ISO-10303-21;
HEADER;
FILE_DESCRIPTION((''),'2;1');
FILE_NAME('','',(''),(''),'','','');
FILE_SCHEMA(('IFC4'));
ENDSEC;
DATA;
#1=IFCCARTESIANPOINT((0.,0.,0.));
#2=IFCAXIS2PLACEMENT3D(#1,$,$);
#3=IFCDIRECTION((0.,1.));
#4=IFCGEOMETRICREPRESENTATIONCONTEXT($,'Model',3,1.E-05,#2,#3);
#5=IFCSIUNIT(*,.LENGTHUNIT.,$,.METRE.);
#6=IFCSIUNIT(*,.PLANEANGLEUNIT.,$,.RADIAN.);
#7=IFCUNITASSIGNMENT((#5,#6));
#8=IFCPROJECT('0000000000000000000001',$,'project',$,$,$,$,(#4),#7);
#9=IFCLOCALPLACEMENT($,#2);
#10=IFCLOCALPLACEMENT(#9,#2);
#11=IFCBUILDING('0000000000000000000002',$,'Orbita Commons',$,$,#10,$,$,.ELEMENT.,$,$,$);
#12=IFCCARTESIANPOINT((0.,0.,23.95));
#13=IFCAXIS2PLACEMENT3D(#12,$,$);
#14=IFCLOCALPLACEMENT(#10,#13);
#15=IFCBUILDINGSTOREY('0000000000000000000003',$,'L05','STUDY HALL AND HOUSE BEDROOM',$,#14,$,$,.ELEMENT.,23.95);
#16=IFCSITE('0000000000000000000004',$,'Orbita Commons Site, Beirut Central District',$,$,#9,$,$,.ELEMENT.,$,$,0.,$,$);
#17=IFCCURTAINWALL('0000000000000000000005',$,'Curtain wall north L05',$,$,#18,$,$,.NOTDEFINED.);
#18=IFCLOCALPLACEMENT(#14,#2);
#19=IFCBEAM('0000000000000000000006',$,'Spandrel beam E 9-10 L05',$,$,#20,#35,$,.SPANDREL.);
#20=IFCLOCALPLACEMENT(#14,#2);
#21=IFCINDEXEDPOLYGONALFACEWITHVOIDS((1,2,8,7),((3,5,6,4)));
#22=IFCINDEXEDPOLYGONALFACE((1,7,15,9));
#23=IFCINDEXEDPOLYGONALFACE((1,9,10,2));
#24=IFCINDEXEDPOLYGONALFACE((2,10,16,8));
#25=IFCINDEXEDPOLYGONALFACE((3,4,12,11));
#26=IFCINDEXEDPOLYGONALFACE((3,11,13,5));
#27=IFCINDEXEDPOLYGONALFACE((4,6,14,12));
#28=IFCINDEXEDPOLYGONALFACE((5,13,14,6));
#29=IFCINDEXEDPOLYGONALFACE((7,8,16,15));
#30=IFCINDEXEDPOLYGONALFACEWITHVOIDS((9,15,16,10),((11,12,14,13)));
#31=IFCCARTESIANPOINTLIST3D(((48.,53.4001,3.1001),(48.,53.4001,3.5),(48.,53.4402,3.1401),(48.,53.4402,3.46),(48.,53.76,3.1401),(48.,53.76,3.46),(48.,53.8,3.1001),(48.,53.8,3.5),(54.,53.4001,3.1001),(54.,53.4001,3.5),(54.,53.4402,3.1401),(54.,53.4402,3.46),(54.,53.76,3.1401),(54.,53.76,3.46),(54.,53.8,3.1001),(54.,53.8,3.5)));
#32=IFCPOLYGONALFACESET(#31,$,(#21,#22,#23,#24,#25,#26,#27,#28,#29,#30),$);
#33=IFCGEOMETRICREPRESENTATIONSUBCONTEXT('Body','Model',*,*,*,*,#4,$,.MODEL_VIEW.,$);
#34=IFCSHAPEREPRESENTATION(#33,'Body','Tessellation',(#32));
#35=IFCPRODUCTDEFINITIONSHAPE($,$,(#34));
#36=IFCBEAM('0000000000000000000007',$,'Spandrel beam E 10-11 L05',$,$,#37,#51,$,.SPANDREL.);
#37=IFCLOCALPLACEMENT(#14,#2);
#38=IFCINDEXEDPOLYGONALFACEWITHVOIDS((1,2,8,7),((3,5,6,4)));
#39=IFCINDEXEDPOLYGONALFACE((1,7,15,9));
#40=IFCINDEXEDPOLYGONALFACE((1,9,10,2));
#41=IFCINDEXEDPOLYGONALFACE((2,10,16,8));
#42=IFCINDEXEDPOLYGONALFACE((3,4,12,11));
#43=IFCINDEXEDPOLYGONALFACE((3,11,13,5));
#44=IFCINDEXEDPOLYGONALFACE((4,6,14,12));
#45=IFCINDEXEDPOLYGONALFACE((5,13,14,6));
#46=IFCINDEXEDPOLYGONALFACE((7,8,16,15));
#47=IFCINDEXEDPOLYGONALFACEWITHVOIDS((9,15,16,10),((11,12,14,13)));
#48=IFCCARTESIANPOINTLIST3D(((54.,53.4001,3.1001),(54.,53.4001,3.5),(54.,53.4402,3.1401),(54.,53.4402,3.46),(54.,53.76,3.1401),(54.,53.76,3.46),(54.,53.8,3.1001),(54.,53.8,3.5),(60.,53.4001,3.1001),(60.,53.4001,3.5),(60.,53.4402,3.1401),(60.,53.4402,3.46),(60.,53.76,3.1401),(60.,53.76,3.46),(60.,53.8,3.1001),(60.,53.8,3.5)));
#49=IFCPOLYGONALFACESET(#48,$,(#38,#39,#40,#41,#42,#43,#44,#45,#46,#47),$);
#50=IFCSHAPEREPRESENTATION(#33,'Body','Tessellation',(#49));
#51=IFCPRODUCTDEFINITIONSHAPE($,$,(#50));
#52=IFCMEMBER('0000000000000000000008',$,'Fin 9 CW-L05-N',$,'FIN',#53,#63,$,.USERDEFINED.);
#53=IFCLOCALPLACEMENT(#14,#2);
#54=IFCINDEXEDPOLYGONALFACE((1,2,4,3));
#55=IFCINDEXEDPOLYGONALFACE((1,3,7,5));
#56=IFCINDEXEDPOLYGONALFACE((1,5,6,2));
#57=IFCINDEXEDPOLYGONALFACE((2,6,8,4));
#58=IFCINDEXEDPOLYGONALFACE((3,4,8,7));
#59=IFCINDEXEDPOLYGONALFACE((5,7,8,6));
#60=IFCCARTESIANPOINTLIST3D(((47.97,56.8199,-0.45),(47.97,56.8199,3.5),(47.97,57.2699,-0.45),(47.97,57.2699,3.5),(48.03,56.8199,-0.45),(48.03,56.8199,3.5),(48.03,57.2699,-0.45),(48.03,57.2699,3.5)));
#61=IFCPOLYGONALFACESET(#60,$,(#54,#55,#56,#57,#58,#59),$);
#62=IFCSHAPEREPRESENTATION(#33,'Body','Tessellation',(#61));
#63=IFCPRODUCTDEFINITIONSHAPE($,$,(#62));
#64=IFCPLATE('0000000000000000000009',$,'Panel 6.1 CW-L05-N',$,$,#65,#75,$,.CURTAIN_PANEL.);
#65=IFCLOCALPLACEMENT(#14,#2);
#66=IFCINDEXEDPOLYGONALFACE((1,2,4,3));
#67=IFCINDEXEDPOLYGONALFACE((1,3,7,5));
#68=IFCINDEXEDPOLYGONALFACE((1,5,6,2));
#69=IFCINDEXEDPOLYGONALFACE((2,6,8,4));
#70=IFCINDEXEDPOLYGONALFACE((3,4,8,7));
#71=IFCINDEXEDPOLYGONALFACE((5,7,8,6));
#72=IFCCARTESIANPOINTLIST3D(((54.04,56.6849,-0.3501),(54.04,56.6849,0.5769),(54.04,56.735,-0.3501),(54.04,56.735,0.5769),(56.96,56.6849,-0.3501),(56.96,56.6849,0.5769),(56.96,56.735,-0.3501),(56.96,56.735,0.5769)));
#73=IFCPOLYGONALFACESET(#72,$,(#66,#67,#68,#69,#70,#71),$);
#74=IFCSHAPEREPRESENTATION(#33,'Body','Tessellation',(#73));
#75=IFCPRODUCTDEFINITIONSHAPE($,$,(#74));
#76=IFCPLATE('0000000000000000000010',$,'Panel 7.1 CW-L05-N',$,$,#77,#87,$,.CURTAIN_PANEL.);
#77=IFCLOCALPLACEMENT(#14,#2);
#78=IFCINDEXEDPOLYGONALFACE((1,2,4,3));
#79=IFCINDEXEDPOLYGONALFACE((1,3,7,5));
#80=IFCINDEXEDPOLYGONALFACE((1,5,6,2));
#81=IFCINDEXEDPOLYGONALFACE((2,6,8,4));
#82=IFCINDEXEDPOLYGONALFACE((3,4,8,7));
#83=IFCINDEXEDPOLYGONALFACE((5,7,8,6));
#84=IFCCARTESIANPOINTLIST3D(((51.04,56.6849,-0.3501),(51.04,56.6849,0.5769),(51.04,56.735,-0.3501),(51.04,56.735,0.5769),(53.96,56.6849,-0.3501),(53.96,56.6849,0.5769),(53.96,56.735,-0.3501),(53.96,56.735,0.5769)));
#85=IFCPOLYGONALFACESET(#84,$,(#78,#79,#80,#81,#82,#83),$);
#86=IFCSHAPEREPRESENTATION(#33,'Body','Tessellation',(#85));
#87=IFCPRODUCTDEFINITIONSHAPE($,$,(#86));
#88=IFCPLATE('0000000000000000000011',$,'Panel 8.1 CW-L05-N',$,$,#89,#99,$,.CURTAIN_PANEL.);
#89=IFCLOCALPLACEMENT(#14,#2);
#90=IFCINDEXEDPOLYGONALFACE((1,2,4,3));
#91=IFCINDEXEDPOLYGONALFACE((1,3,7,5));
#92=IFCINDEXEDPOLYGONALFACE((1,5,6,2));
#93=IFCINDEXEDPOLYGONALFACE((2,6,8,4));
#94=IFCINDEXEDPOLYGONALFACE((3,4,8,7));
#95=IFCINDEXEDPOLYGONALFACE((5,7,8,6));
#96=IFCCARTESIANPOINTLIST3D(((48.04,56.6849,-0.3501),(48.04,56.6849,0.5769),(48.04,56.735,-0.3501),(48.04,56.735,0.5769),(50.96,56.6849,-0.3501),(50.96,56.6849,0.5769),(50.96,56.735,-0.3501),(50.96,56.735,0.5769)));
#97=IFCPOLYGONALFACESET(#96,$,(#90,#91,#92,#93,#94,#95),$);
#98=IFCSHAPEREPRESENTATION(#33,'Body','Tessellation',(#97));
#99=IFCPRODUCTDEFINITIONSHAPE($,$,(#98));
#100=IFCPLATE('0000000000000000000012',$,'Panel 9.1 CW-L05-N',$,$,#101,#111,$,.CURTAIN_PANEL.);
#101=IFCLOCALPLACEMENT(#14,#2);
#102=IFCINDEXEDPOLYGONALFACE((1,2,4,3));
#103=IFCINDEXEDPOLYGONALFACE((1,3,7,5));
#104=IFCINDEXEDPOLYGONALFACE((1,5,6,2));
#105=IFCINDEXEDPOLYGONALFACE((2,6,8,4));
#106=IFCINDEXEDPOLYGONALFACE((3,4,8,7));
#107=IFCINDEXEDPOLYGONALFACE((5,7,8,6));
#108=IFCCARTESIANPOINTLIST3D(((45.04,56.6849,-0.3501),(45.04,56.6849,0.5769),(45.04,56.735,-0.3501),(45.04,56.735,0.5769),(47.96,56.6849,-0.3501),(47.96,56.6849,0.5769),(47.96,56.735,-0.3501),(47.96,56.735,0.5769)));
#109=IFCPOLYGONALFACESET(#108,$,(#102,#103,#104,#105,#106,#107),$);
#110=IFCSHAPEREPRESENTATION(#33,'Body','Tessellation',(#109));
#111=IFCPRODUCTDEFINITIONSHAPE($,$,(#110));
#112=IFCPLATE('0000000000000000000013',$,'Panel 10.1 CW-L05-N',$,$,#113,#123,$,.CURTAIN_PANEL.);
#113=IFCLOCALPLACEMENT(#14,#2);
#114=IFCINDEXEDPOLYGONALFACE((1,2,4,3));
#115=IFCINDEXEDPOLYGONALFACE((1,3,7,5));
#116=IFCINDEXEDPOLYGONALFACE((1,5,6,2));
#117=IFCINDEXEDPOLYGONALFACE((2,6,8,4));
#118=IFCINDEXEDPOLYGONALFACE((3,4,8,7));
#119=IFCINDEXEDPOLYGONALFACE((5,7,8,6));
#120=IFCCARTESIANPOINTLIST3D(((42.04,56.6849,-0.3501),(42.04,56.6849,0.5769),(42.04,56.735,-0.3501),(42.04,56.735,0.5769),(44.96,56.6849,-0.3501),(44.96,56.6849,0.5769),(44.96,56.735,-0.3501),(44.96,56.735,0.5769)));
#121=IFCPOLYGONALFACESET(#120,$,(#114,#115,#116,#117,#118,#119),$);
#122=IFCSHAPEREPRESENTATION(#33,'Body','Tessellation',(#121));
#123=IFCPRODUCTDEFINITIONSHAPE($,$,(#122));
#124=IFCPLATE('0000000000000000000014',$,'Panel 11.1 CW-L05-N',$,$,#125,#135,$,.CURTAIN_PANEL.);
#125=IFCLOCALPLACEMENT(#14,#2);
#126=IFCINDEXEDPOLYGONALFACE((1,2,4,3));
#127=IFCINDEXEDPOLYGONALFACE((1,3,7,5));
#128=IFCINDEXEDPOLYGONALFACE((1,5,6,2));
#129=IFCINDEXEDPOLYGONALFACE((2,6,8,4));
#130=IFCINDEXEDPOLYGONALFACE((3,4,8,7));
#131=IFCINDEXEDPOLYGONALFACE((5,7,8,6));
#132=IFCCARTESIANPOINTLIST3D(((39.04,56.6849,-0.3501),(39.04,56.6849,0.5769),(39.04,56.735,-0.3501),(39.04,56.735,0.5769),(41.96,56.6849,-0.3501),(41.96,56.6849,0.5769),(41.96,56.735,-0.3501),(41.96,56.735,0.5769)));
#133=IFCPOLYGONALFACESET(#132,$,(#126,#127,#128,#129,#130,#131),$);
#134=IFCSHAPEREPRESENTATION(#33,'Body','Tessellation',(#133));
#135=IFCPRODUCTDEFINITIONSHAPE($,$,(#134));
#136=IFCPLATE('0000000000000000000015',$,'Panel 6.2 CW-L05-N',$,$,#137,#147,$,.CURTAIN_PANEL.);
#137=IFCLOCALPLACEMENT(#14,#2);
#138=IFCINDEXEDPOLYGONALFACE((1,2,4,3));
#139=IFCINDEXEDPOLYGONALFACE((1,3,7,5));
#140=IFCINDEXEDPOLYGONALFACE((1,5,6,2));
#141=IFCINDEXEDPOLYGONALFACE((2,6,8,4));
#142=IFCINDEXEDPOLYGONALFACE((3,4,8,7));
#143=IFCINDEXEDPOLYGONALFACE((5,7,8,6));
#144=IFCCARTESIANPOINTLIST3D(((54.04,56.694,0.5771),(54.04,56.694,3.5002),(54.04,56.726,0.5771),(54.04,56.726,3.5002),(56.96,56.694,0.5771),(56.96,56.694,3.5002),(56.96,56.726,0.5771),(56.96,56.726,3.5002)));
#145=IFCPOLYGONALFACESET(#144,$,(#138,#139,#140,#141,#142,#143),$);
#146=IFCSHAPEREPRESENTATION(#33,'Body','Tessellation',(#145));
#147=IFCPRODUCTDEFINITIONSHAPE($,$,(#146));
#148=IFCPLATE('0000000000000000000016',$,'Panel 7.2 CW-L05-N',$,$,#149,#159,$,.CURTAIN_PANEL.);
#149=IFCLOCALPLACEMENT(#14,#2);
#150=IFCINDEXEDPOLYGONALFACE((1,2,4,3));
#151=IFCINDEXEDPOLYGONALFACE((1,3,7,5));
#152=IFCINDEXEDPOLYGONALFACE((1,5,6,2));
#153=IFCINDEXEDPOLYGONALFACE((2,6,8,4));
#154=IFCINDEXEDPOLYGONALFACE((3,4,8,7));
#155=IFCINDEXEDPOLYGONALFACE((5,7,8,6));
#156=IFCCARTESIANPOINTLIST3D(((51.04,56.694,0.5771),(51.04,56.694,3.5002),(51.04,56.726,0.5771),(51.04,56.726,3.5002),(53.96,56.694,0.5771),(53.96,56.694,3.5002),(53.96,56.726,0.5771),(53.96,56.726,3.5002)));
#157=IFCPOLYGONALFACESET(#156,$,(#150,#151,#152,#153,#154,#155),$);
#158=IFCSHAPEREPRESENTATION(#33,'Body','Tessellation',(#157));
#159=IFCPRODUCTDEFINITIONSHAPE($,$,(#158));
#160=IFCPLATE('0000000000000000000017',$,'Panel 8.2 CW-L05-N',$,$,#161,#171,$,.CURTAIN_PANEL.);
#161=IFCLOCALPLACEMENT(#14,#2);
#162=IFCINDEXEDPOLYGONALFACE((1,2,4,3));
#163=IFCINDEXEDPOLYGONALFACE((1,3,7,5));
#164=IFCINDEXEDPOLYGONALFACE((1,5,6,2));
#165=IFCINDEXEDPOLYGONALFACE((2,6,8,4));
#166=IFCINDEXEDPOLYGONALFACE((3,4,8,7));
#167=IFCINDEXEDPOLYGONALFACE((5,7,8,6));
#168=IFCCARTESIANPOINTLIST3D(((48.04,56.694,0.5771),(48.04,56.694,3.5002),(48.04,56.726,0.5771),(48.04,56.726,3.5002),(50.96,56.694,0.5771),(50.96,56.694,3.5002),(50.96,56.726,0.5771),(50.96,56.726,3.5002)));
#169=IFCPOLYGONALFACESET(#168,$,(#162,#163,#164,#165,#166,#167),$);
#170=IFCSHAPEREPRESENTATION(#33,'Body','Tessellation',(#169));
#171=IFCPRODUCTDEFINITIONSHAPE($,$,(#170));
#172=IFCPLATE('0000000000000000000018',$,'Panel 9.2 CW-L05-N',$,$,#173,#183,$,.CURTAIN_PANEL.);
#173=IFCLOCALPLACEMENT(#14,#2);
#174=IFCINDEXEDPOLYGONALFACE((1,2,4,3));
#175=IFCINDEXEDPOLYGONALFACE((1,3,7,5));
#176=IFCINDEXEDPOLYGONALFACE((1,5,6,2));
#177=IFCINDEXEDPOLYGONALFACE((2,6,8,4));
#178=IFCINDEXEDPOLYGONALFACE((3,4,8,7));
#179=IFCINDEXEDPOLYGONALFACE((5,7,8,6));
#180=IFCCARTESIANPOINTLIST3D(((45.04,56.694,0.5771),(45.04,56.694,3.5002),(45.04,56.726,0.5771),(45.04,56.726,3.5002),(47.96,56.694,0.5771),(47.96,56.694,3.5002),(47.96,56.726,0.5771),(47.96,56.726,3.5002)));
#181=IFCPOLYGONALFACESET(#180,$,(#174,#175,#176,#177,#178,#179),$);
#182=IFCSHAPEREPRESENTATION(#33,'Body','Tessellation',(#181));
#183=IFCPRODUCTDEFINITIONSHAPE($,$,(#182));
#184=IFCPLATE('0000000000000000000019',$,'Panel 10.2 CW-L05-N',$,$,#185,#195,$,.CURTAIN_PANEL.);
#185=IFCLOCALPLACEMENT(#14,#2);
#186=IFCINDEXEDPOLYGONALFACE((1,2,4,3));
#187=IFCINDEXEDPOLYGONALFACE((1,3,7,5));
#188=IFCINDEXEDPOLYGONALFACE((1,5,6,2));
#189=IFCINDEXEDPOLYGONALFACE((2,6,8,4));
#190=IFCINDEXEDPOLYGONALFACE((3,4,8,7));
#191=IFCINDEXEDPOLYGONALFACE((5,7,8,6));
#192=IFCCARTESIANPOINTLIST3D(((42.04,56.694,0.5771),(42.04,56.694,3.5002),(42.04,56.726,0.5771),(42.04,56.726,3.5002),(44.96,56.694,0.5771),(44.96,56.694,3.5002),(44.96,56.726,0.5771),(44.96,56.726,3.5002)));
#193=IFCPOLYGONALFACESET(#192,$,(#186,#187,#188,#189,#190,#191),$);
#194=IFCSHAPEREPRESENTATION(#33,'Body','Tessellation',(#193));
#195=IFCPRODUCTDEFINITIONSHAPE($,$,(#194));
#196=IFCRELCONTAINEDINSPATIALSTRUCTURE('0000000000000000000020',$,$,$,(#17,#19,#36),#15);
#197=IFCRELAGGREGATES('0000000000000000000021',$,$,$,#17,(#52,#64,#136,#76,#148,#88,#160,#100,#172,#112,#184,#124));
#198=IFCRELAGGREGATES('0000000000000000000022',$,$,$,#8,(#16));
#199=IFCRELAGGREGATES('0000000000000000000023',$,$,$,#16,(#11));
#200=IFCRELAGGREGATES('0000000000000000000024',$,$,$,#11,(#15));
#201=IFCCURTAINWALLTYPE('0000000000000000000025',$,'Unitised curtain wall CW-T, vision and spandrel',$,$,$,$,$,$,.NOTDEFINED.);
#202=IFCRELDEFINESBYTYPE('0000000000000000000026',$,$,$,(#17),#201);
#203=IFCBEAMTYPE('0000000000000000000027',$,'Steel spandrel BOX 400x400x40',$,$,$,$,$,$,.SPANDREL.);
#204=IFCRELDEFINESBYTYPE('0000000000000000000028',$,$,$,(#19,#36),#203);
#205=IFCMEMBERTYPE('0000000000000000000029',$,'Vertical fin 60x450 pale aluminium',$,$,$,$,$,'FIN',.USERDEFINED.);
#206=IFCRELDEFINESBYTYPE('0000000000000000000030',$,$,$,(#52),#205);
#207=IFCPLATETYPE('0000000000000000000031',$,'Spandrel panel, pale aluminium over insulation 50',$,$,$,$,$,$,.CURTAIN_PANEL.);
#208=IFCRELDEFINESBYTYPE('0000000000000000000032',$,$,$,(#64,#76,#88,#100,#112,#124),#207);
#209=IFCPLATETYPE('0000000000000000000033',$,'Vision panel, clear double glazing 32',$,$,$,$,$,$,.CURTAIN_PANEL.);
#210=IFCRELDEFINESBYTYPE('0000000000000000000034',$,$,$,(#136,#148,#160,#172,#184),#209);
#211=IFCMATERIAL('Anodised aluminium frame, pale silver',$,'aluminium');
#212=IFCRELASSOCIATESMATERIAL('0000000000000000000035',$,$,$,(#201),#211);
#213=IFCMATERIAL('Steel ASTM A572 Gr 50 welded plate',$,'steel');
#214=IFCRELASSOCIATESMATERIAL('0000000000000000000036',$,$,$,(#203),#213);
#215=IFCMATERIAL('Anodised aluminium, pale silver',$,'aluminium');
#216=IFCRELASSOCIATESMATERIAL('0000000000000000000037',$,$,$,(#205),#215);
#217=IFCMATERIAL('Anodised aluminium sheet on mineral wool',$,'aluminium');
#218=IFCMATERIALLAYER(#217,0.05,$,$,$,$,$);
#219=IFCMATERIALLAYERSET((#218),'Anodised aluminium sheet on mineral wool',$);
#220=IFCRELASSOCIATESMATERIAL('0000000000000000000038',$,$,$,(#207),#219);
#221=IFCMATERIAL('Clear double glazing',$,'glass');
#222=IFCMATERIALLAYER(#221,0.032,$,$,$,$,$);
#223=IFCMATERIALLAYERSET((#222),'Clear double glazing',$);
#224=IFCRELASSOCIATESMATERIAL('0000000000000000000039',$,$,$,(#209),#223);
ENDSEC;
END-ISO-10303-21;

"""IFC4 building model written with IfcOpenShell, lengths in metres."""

from ifc_helpers import new_model, si_unit, direction, frame, origin, origin_2d, place, context, subcontext, project, spatial, rectangle, hollow_rectangle, extrude, material, layer, layer_set, material_profile, profile_set, type_object, element, aggregate, save


model = new_model("IFC4")

# Units and contexts
model_context = context("Model", 3, precision=1e-05, world=origin(), true_north=direction((0.0, 1.0)))
body_context = subcontext(model_context, "Body", "Model", "MODEL_VIEW")
ifc_project = project(units=[si_unit("LENGTHUNIT", "METRE"), si_unit("PLANEANGLEUNIT", "RADIAN")], contexts=[model_context])

# Site, building, storey
site_placement = place(None, origin())
site = spatial("IfcSite", under=ifc_project, at=site_placement, Name="Orbita Commons Site, Beirut Central District", CompositionType="ELEMENT", RefElevation=0.0)
building_placement = place(site_placement, origin())
building = spatial("IfcBuilding", under=site, at=building_placement, Name="Orbita Commons", CompositionType="ELEMENT")
storey_placement = place(building_placement, frame((0.0, 0.0, 23.95)))
storey = spatial("IfcBuildingStorey", under=building, at=storey_placement, Name="L05", Description="STUDY HALL AND HOUSE BEDROOM", CompositionType="ELEMENT", Elevation=23.95)

# Curtain wall
ifc_material_1 = material(Name="Anodised aluminium frame, pale silver", Category="aluminium")
curtain_wall_type = type_object("IfcCurtainWallType", Name="Unitised curtain wall CW-T, vision and spandrel", PredefinedType="NOTDEFINED", material=ifc_material_1)
curtain_wall_placement = place(storey_placement, origin())
curtain_wall = element("IfcCurtainWall", 1, at=curtain_wall_placement, inside=storey, type_object=curtain_wall_type, Name="Curtain wall north L05", PredefinedType="NOTDEFINED")

# Beams
ifc_material_2 = material(Name="Steel ASTM A572 Gr 50 welded plate", Category="steel")
ifc_material_profile_1 = material_profile(ifc_material_2, hollow_rectangle(XDim=0.3999, YDim=0.3999, WallThickness=0.04, at=origin_2d()), Name="BOX 400x400x40")
ifc_profile_set_1 = profile_set([ifc_material_profile_1], Name="Steel ASTM A572 Gr 50 welded plate")
beam_type = type_object("IfcBeamType", Name="Steel spandrel BOX 400x400x40", PredefinedType="SPANDREL", material=ifc_profile_set_1)
for number, where, z_axis, x_axis, name in (
    (2, (48.0, 53.6001, 3.3), (1.0, 0.0, 0.0), (0.0, 1.0, 0.0), "Spandrel beam E 9-10 L05"),
    (3, (54.0, 53.6001, 3.3), (1.0, 0.0, 0.0), (0.0, 1.0, 0.0), "Spandrel beam E 10-11 L05"),
):
    element("IfcBeam", number, at=place(storey_placement, frame(where, z_axis=z_axis, x_axis=x_axis)), inside=storey, type_object=beam_type, Name=name, PredefinedType="SPANDREL", context=body_context, shape_type="SweptSolid", body=[
        extrude(hollow_rectangle(XDim=0.3999, YDim=0.3999, WallThickness=0.04, at=origin_2d()), origin(), (0.0, 0.0, 1.0), 6.0),
    ])

# Member
ifc_material_3 = material(Name="Anodised aluminium, pale silver", Category="aluminium")
ifc_material_profile_2 = material_profile(ifc_material_3, rectangle(XDim=0.0601, YDim=0.45, at=origin_2d()), Name="FIN 60x450")
ifc_profile_set_2 = profile_set([ifc_material_profile_2], Name="Anodised aluminium, pale silver")
member_type_1 = type_object("IfcMemberType", Name="Vertical fin 60x450 pale aluminium", ElementType="FIN", PredefinedType="USERDEFINED", material=ifc_profile_set_2)
member_1_placement = place(storey_placement, frame((48.0, 57.0449, -0.45), z_axis=(0.0, 0.0, 1.0), x_axis=(-1.0, 0.0, 0.0)))
member_1 = element("IfcMember", 4, at=member_1_placement, type_object=member_type_1, Name="Fin 9 CW-L05-N", ObjectType="FIN", PredefinedType="USERDEFINED", context=body_context, shape_type="SweptSolid", body=[
    extrude(rectangle(XDim=0.0601, YDim=0.45, at=origin_2d()), origin(), (0.0, 0.0, 1.0), 3.95),
])

# Plates
ifc_material_4 = material(Name="Anodised aluminium sheet on mineral wool", Category="aluminium")
ifc_layer_1 = layer(ifc_material_4, 0.05)
ifc_layer_set_1 = layer_set([ifc_layer_1], Name="Anodised aluminium sheet on mineral wool")
plate_type_1 = type_object("IfcPlateType", Name="Spandrel panel, pale aluminium over insulation 50", PredefinedType="CURTAIN_PANEL", material=ifc_layer_set_1)
plate_1_placement = place(storey_placement, frame((55.5, 56.71, -0.3501), z_axis=(0.0, 0.0, 1.0), x_axis=(-1.0, 0.0, 0.0)))
plate_1 = element("IfcPlate", 5, at=plate_1_placement, type_object=plate_type_1, Name="Panel 6.1 CW-L05-N", PredefinedType="CURTAIN_PANEL", context=body_context, shape_type="SweptSolid", body=[
    extrude(rectangle(XDim=2.9199, YDim=0.05, at=origin_2d()), origin(), (0.0, 0.0, 1.0), 0.927),
])
plate_2_placement = place(storey_placement, frame((52.5, 56.71, -0.3501), z_axis=(0.0, 0.0, 1.0), x_axis=(-1.0, 0.0, 0.0)))
plate_2 = element("IfcPlate", 6, at=plate_2_placement, type_object=plate_type_1, Name="Panel 7.1 CW-L05-N", PredefinedType="CURTAIN_PANEL", context=body_context, shape_type="SweptSolid", body=[
    extrude(rectangle(XDim=2.9199, YDim=0.05, at=origin_2d()), origin(), (0.0, 0.0, 1.0), 0.927),
])
plate_3_placement = place(storey_placement, frame((49.5, 56.71, -0.3501), z_axis=(0.0, 0.0, 1.0), x_axis=(-1.0, 0.0, 0.0)))
plate_3 = element("IfcPlate", 7, at=plate_3_placement, type_object=plate_type_1, Name="Panel 8.1 CW-L05-N", PredefinedType="CURTAIN_PANEL", context=body_context, shape_type="SweptSolid", body=[
    extrude(rectangle(XDim=2.9199, YDim=0.05, at=origin_2d()), origin(), (0.0, 0.0, 1.0), 0.927),
])
plate_4_placement = place(storey_placement, frame((46.5, 56.71, -0.3501), z_axis=(0.0, 0.0, 1.0), x_axis=(-1.0, 0.0, 0.0)))
plate_4 = element("IfcPlate", 8, at=plate_4_placement, type_object=plate_type_1, Name="Panel 9.1 CW-L05-N", PredefinedType="CURTAIN_PANEL", context=body_context, shape_type="SweptSolid", body=[
    extrude(rectangle(XDim=2.9199, YDim=0.05, at=origin_2d()), origin(), (0.0, 0.0, 1.0), 0.927),
])
plate_5_placement = place(storey_placement, frame((43.5, 56.71, -0.3501), z_axis=(0.0, 0.0, 1.0), x_axis=(-1.0, 0.0, 0.0)))
plate_5 = element("IfcPlate", 9, at=plate_5_placement, type_object=plate_type_1, Name="Panel 10.1 CW-L05-N", PredefinedType="CURTAIN_PANEL", context=body_context, shape_type="SweptSolid", body=[
    extrude(rectangle(XDim=2.9199, YDim=0.05, at=origin_2d()), origin(), (0.0, 0.0, 1.0), 0.927),
])
plate_6_placement = place(storey_placement, frame((40.5, 56.71, -0.3501), z_axis=(0.0, 0.0, 1.0), x_axis=(-1.0, 0.0, 0.0)))
plate_6 = element("IfcPlate", 10, at=plate_6_placement, type_object=plate_type_1, Name="Panel 11.1 CW-L05-N", PredefinedType="CURTAIN_PANEL", context=body_context, shape_type="SweptSolid", body=[
    extrude(rectangle(XDim=2.9199, YDim=0.05, at=origin_2d()), origin(), (0.0, 0.0, 1.0), 0.927),
])
ifc_material_5 = material(Name="Clear double glazing", Category="glass")
ifc_layer_2 = layer(ifc_material_5, 0.032)
ifc_layer_set_2 = layer_set([ifc_layer_2], Name="Clear double glazing")
plate_type_2 = type_object("IfcPlateType", Name="Vision panel, clear double glazing 32", PredefinedType="CURTAIN_PANEL", material=ifc_layer_set_2)
plate_7_placement = place(storey_placement, frame((55.5, 56.71, 0.5771), z_axis=(0.0, 0.0, 1.0), x_axis=(-1.0, 0.0, 0.0)))
plate_7 = element("IfcPlate", 11, at=plate_7_placement, type_object=plate_type_2, Name="Panel 6.2 CW-L05-N", PredefinedType="CURTAIN_PANEL", context=body_context, shape_type="SweptSolid", body=[
    extrude(rectangle(XDim=2.9199, YDim=0.032, at=origin_2d()), origin(), (0.0, 0.0, 1.0), 2.9231),
])
plate_8_placement = place(storey_placement, frame((52.5, 56.71, 0.5771), z_axis=(0.0, 0.0, 1.0), x_axis=(-1.0, 0.0, 0.0)))
plate_8 = element("IfcPlate", 12, at=plate_8_placement, type_object=plate_type_2, Name="Panel 7.2 CW-L05-N", PredefinedType="CURTAIN_PANEL", context=body_context, shape_type="SweptSolid", body=[
    extrude(rectangle(XDim=2.9199, YDim=0.032, at=origin_2d()), origin(), (0.0, 0.0, 1.0), 2.9231),
])
plate_9_placement = place(storey_placement, frame((49.5, 56.71, 0.5771), z_axis=(0.0, 0.0, 1.0), x_axis=(-1.0, 0.0, 0.0)))
plate_9 = element("IfcPlate", 13, at=plate_9_placement, type_object=plate_type_2, Name="Panel 8.2 CW-L05-N", PredefinedType="CURTAIN_PANEL", context=body_context, shape_type="SweptSolid", body=[
    extrude(rectangle(XDim=2.9199, YDim=0.032, at=origin_2d()), origin(), (0.0, 0.0, 1.0), 2.9231),
])
plate_10_placement = place(storey_placement, frame((46.5, 56.71, 0.5771), z_axis=(0.0, 0.0, 1.0), x_axis=(-1.0, 0.0, 0.0)))
plate_10 = element("IfcPlate", 14, at=plate_10_placement, type_object=plate_type_2, Name="Panel 9.2 CW-L05-N", PredefinedType="CURTAIN_PANEL", context=body_context, shape_type="SweptSolid", body=[
    extrude(rectangle(XDim=2.9199, YDim=0.032, at=origin_2d()), origin(), (0.0, 0.0, 1.0), 2.9231),
])
plate_11_placement = place(storey_placement, frame((43.5, 56.71, 0.5771), z_axis=(0.0, 0.0, 1.0), x_axis=(-1.0, 0.0, 0.0)))
plate_11 = element("IfcPlate", 15, at=plate_11_placement, type_object=plate_type_2, Name="Panel 10.2 CW-L05-N", PredefinedType="CURTAIN_PANEL", context=body_context, shape_type="SweptSolid", body=[
    extrude(rectangle(XDim=2.9199, YDim=0.032, at=origin_2d()), origin(), (0.0, 0.0, 1.0), 2.9231),
])
aggregate(curtain_wall, [member_1, plate_1, plate_7, plate_2, plate_8, plate_3, plate_9, plate_4, plate_10, plate_5, plate_11, plate_6])

save(model, "model.ifc")
